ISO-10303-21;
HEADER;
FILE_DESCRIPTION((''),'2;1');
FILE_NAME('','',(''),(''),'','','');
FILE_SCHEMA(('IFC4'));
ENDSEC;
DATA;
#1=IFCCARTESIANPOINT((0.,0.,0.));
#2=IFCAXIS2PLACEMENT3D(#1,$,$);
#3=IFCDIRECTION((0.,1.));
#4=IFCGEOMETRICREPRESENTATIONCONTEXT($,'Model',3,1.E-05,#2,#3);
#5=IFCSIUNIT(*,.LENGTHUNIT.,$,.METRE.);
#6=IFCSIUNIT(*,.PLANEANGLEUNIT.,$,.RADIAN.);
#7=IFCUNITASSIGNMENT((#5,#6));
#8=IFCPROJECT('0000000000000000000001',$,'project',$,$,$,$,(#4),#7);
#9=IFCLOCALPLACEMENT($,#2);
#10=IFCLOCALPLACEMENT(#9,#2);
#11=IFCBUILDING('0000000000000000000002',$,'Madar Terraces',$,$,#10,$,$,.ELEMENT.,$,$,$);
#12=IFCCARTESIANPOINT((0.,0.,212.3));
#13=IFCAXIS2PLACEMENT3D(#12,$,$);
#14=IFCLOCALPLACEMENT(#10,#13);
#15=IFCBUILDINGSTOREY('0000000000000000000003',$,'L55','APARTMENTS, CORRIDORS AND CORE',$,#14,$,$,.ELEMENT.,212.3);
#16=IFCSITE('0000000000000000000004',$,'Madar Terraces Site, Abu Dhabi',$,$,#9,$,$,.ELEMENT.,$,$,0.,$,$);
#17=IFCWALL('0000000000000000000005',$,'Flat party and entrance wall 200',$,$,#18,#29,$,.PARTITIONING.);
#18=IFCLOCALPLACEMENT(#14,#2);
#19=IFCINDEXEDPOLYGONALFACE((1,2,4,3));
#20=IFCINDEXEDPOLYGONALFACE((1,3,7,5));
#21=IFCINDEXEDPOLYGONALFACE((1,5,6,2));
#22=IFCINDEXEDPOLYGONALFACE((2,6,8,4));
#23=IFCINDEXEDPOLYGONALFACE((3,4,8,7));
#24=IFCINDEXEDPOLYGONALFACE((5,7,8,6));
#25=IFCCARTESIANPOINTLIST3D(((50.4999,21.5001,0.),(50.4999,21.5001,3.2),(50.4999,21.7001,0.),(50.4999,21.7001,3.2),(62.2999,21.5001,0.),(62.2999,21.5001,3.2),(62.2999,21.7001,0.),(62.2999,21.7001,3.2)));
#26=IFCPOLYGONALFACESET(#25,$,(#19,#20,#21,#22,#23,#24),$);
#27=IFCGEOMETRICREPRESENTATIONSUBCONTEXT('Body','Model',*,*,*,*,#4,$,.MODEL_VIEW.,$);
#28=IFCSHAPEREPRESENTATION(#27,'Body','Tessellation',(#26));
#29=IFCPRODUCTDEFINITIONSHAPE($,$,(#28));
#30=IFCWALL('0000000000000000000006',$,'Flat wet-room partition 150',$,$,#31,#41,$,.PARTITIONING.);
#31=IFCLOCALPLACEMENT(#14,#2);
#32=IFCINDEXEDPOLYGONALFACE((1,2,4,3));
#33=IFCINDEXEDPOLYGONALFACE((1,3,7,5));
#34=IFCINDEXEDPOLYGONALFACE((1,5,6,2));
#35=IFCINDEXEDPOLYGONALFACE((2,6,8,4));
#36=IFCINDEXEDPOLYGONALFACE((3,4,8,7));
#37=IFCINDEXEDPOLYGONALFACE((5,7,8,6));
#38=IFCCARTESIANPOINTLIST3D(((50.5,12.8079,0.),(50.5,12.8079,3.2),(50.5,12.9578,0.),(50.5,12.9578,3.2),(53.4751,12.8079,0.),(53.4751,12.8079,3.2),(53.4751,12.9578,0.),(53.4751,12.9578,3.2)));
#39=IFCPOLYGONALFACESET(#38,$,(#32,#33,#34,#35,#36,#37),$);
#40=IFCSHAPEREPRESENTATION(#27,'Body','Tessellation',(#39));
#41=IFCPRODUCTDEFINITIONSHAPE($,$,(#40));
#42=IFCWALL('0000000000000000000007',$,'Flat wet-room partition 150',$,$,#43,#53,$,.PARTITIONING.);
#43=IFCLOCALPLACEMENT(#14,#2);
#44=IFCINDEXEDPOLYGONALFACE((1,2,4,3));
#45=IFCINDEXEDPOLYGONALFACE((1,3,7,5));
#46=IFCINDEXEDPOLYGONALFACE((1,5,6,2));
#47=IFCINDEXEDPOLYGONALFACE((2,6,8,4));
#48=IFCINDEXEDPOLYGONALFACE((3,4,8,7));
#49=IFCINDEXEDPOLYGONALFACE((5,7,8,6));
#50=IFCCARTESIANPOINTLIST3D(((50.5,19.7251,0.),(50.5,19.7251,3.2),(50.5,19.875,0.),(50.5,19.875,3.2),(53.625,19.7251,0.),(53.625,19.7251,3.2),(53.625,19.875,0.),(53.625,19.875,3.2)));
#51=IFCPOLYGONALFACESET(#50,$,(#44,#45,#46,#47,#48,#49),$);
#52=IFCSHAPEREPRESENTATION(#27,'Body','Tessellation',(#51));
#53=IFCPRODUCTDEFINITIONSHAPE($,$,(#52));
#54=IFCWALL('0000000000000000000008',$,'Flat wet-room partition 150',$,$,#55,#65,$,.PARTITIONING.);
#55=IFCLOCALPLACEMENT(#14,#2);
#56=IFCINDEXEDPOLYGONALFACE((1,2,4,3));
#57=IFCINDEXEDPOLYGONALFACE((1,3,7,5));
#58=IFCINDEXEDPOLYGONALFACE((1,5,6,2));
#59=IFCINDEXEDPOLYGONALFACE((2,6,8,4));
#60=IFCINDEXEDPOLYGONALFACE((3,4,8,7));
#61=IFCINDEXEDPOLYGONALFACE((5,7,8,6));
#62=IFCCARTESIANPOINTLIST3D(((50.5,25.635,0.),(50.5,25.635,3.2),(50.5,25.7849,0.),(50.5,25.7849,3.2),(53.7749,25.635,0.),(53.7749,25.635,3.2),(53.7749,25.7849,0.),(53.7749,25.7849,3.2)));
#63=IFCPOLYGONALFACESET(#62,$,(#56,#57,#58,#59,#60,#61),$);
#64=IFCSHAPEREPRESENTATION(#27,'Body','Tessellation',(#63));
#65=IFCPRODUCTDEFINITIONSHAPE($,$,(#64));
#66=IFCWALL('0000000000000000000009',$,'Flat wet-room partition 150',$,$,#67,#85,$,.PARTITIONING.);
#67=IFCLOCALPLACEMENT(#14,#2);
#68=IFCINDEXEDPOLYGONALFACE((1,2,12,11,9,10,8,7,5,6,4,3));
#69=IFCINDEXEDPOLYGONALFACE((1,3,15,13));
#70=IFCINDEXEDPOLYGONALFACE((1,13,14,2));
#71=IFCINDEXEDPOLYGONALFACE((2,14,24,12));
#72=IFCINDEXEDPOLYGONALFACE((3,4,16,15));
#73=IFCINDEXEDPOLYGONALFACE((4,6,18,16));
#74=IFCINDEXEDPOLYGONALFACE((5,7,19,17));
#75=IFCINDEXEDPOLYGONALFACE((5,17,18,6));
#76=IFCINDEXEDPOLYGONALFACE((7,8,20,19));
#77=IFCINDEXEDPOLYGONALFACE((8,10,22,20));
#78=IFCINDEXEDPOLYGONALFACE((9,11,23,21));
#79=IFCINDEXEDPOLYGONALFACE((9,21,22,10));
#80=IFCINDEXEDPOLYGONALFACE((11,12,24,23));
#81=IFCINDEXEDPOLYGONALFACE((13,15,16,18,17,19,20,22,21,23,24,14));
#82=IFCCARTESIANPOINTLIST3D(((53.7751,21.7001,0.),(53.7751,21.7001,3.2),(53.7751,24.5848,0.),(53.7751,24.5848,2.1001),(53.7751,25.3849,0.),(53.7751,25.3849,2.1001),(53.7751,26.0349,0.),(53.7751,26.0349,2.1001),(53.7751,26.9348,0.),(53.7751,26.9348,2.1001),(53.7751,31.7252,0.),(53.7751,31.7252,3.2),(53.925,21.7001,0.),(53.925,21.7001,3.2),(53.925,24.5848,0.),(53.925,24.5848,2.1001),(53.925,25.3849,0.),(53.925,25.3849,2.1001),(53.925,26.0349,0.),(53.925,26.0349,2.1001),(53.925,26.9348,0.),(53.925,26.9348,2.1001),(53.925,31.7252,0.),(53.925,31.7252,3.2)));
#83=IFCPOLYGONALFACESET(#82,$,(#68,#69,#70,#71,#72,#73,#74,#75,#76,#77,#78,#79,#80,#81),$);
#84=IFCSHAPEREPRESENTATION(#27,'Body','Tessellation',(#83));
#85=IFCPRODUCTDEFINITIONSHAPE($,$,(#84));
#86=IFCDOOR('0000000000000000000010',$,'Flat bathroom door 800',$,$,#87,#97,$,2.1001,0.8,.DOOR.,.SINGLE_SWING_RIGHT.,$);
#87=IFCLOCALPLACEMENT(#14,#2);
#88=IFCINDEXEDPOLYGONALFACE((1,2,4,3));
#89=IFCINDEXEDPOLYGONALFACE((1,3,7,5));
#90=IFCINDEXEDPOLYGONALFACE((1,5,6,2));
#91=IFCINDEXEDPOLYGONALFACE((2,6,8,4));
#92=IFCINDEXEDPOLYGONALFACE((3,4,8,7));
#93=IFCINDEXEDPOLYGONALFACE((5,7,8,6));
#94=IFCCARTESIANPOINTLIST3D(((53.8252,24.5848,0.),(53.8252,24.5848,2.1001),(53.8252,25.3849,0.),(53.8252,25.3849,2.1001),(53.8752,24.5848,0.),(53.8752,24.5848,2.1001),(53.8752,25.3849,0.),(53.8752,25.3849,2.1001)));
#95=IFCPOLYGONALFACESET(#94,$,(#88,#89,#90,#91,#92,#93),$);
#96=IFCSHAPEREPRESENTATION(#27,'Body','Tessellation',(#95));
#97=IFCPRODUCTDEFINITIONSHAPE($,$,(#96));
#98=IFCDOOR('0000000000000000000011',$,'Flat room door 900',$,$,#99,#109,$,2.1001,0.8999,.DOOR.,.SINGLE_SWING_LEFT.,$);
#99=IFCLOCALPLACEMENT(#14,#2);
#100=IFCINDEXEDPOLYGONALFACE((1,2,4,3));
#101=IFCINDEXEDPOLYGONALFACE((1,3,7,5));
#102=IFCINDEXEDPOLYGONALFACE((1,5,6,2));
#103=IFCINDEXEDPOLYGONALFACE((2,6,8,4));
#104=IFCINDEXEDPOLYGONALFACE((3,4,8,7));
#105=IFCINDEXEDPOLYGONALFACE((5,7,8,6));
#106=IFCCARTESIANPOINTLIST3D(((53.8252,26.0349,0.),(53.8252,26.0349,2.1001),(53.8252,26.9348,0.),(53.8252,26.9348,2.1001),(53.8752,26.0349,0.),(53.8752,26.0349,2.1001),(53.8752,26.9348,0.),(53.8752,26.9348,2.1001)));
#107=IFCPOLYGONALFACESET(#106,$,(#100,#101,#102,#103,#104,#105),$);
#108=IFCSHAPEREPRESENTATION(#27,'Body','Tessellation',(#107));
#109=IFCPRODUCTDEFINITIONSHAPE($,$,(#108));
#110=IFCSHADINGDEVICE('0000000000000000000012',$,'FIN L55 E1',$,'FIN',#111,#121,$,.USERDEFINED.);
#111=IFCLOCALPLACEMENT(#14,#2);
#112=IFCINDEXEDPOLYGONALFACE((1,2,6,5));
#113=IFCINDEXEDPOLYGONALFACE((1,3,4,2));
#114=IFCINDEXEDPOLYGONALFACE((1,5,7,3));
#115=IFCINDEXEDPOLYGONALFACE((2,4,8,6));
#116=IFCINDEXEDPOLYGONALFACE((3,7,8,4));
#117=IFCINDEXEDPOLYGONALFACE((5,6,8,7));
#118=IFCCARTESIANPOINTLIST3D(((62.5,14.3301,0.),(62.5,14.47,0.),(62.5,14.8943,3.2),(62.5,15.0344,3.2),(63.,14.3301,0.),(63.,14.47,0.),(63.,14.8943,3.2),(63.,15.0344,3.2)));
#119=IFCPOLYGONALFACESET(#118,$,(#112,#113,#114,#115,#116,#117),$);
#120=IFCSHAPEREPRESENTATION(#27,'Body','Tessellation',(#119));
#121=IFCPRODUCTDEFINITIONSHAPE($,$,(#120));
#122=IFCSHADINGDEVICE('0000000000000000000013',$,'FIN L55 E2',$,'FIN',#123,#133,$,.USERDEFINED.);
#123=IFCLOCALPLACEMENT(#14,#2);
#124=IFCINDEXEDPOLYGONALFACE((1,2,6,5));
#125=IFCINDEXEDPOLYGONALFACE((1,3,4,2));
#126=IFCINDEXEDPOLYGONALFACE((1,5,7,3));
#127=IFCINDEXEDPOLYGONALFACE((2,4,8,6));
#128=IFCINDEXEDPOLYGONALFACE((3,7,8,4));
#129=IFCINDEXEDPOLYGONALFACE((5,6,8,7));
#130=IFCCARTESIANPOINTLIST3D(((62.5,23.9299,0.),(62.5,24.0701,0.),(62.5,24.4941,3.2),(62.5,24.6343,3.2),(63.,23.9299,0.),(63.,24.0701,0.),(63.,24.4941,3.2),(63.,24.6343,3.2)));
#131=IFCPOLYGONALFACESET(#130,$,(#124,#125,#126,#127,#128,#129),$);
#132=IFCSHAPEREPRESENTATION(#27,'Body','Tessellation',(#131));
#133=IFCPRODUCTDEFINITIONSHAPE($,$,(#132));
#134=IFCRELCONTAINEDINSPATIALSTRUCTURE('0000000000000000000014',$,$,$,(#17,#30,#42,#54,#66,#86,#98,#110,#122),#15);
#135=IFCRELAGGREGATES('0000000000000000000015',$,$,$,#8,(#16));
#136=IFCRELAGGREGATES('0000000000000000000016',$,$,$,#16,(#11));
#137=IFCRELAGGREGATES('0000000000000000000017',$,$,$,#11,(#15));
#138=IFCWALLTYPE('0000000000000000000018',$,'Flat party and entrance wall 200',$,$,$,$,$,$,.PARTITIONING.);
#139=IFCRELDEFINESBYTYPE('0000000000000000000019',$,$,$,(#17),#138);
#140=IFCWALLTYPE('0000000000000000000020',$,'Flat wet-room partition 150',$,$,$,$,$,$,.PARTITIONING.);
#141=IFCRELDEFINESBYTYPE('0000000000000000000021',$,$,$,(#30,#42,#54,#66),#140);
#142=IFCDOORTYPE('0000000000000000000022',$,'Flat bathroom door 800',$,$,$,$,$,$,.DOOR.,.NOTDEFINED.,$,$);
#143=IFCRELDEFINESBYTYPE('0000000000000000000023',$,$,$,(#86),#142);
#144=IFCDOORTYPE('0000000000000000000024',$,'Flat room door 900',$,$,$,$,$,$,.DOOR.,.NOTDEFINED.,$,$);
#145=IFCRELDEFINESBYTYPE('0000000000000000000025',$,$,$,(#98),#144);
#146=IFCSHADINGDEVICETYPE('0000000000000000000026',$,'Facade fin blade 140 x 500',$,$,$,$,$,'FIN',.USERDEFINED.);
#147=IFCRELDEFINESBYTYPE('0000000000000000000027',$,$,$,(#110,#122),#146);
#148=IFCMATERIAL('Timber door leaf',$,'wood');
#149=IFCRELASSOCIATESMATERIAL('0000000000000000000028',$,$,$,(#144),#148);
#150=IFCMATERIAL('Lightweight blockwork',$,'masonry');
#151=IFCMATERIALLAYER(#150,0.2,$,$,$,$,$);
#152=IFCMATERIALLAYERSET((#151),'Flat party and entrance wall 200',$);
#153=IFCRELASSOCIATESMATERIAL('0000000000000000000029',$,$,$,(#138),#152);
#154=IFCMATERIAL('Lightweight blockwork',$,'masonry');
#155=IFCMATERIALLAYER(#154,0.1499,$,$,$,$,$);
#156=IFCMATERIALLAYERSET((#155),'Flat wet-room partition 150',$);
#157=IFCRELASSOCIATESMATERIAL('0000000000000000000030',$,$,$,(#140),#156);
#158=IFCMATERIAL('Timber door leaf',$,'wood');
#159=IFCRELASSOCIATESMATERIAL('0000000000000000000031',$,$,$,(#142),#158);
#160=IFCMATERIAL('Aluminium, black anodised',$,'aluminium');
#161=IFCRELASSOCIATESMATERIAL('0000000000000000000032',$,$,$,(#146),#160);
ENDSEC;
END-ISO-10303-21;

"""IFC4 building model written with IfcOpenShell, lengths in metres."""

from ifc_helpers import new_model, si_unit, direction, frame, frame_2d, origin, place, context, subcontext, project, spatial, polyline, rectangle, outline, extrude, material, layer, layer_set, type_object, element, fill, save


model = new_model("IFC4")

# Units and contexts
model_context = context("Model", 3, precision=1e-05, world=origin(), true_north=direction((0.0, 1.0)))
body_context = subcontext(model_context, "Body", "Model", "MODEL_VIEW")
ifc_project = project(units=[si_unit("LENGTHUNIT", "METRE"), si_unit("PLANEANGLEUNIT", "RADIAN")], contexts=[model_context])

# Site, building, storey
site_placement = place(None, origin())
site = spatial("IfcSite", under=ifc_project, at=site_placement, Name="Madar Terraces Site, Abu Dhabi", CompositionType="ELEMENT", RefElevation=0.0)
building_placement = place(site_placement, origin())
building = spatial("IfcBuilding", under=site, at=building_placement, Name="Madar Terraces", CompositionType="ELEMENT")
storey_placement = place(building_placement, frame((0.0, 0.0, 212.3)))
storey = spatial("IfcBuildingStorey", under=building, at=storey_placement, Name="L55", Description="APARTMENTS, CORRIDORS AND CORE", CompositionType="ELEMENT", Elevation=212.3)

# Shared definitions
ifc_material_1 = material(Name="Timber door leaf", Category="wood")
door_type_1 = type_object("IfcDoorType", Name="Flat room door 900", OperationType="NOTDEFINED", PredefinedType="DOOR", material=ifc_material_1)

# Shared definitions
ifc_material_2 = material(Name="Lightweight blockwork", Category="masonry")
ifc_layer_1 = layer(ifc_material_2, 0.2)
ifc_layer_set_1 = layer_set([ifc_layer_1], Name="Flat party and entrance wall 200")
wall_type_1 = type_object("IfcWallType", Name="Flat party and entrance wall 200", PredefinedType="PARTITIONING", material=ifc_layer_set_1)

# Walls
wall_1_placement = place(storey_placement, frame((50.5, 21.6001, 0.0), z_axis=(0.0, 0.0, 1.0), x_axis=(1.0, 0.0, 0.0)))
element("IfcWall", 1, at=wall_1_placement, inside=storey, type_object=wall_type_1, Name="Flat party and entrance wall 200", PredefinedType="PARTITIONING", context=body_context, shape_type="SweptSolid", body=[
    extrude(rectangle(XDim=11.8, YDim=0.2, at=frame_2d((5.8999, 0.0))), origin(), (0.0, 0.0, 1.0), 3.2),
])
ifc_material_3 = material(Name="Lightweight blockwork", Category="masonry")
ifc_layer_2 = layer(ifc_material_3, 0.1499)
ifc_layer_set_2 = layer_set([ifc_layer_2], Name="Flat wet-room partition 150")
wall_type_2 = type_object("IfcWallType", Name="Flat wet-room partition 150", PredefinedType="PARTITIONING", material=ifc_layer_set_2)
wall_2_placement = place(storey_placement, frame((50.5, 12.8828, 0.0), z_axis=(0.0, 0.0, 1.0), x_axis=(1.0, 0.0, 0.0)))
element("IfcWall", 2, at=wall_2_placement, inside=storey, type_object=wall_type_2, Name="Flat wet-room partition 150", PredefinedType="PARTITIONING", context=body_context, shape_type="SweptSolid", body=[
    extrude(rectangle(XDim=2.9751, YDim=0.1499, at=frame_2d((1.4875, 0.0))), origin(), (0.0, 0.0, 1.0), 3.2),
])
wall_3_placement = place(storey_placement, frame((50.5, 19.8, 0.0), z_axis=(0.0, 0.0, 1.0), x_axis=(1.0, 0.0, 0.0)))
element("IfcWall", 3, at=wall_3_placement, inside=storey, type_object=wall_type_2, Name="Flat wet-room partition 150", PredefinedType="PARTITIONING", context=body_context, shape_type="SweptSolid", body=[
    extrude(rectangle(XDim=3.125, YDim=0.1499, at=frame_2d((1.5625, 0.0))), origin(), (0.0, 0.0, 1.0), 3.2),
])
wall_4_placement = place(storey_placement, frame((50.5, 25.71, 0.0), z_axis=(0.0, 0.0, 1.0), x_axis=(1.0, 0.0, 0.0)))
element("IfcWall", 4, at=wall_4_placement, inside=storey, type_object=wall_type_2, Name="Flat wet-room partition 150", PredefinedType="PARTITIONING", context=body_context, shape_type="SweptSolid", body=[
    extrude(rectangle(XDim=3.2749, YDim=0.1499, at=frame_2d((1.6375, 0.0))), origin(), (0.0, 0.0, 1.0), 3.2),
])

# Wall, openings, doors
wall_5_placement = place(storey_placement, frame((53.8501, 21.7, 0.0), z_axis=(0.0, 0.0, 1.0), x_axis=(0.0, 1.0, 0.0)))
wall_5 = element("IfcWall", 5, at=wall_5_placement, inside=storey, type_object=wall_type_2, Name="Flat wet-room partition 150", PredefinedType="PARTITIONING", context=body_context, shape_type="SweptSolid", body=[
    extrude(rectangle(XDim=10.0251, YDim=0.1499, at=frame_2d((5.0127, 0.0))), origin(), (0.0, 0.0, 1.0), 3.2),
])
opening_1_placement = place(wall_5_placement, frame((4.335, 0.0, 0.0)))
opening_1 = element("IfcOpeningElement", 6, at=opening_1_placement, cuts=wall_5, PredefinedType="OPENING", context=body_context, shape_type="SweptSolid", body=[
    extrude(rectangle(XDim=0.8999, YDim=2.1001, at=frame_2d((0.45, 1.05))), frame((0.0, 0.085, 0.0), z_axis=(0.0, -1.0, 0.0), x_axis=(1.0, 0.0, 0.0)), (0.0, 0.0, 1.0), 0.1699),
])
opening_2_placement = place(wall_5_placement, frame((2.885, 0.0, 0.0)))
opening_2 = element("IfcOpeningElement", 7, at=opening_2_placement, cuts=wall_5, PredefinedType="OPENING", context=body_context, shape_type="SweptSolid", body=[
    extrude(rectangle(XDim=0.8, YDim=2.1001, at=frame_2d((0.3999, 1.05))), frame((0.0, 0.085, 0.0), z_axis=(0.0, -1.0, 0.0), x_axis=(1.0, 0.0, 0.0)), (0.0, 0.0, 1.0), 0.1699),
])
ifc_material_4 = material(Name="Timber door leaf", Category="wood")
door_type_2 = type_object("IfcDoorType", Name="Flat bathroom door 800", OperationType="NOTDEFINED", PredefinedType="DOOR", material=ifc_material_4)
door_1_placement = place(opening_2_placement, origin())
door_1 = element("IfcDoor", 8, at=door_1_placement, inside=storey, type_object=door_type_2, Name="Flat bathroom door 800", OperationType="SINGLE_SWING_RIGHT", OverallHeight=2.1001, OverallWidth=0.8, PredefinedType="DOOR", context=body_context, shape_type="SweptSolid", body=[
    extrude(rectangle(XDim=0.8, YDim=2.1001, at=frame_2d((0.3999, 1.05))), frame((0.0, 0.0249, 0.0), z_axis=(0.0, -1.0, 0.0), x_axis=(1.0, 0.0, 0.0)), (0.0, 0.0, 1.0), 0.05),
])
fill(opening_2, door_1)
door_2_placement = place(opening_1_placement, origin())
door_2 = element("IfcDoor", 9, at=door_2_placement, inside=storey, type_object=door_type_1, Name="Flat room door 900", OperationType="SINGLE_SWING_LEFT", OverallHeight=2.1001, OverallWidth=0.8999, PredefinedType="DOOR", context=body_context, shape_type="SweptSolid", body=[
    extrude(rectangle(XDim=0.8999, YDim=2.1001, at=frame_2d((0.45, 1.05))), frame((0.0, 0.0249, 0.0), z_axis=(0.0, -1.0, 0.0), x_axis=(1.0, 0.0, 0.0)), (0.0, 0.0, 1.0), 0.05),
])
fill(opening_1, door_2)

# Shading devices
ifc_material_5 = material(Name="Aluminium, black anodised", Category="aluminium")
shading_device_type = type_object("IfcShadingDeviceType", Name="Facade fin blade 140 x 500", ElementType="FIN", PredefinedType="USERDEFINED", material=ifc_material_5)
shading_device_1_placement = place(storey_placement, frame((62.75, 14.3301, 0.0), z_axis=(0.0, 0.0, 1.0), x_axis=(0.0, 1.0, 0.0)))
element("IfcShadingDevice", 10, at=shading_device_1_placement, inside=storey, type_object=shading_device_type, Name="FIN L55 E1", ObjectType="FIN", PredefinedType="USERDEFINED", context=body_context, shape_type="SweptSolid", body=[
    extrude(outline(polyline([(0.0, 0.0), (0.1399, 0.0), (0.7043, 3.2), (0.5642, 3.2), (0.0, 0.0)])), frame((0.0, 0.25, 0.0), z_axis=(0.0, -1.0, 0.0), x_axis=(1.0, 0.0, 0.0)), (0.0, 0.0, 1.0), 0.5),
])
shading_device_2_placement = place(storey_placement, frame((62.75, 23.9299, 0.0), z_axis=(0.0, 0.0, 1.0), x_axis=(0.0, 1.0, 0.0)))
element("IfcShadingDevice", 11, at=shading_device_2_placement, inside=storey, type_object=shading_device_type, Name="FIN L55 E2", ObjectType="FIN", PredefinedType="USERDEFINED", context=body_context, shape_type="SweptSolid", body=[
    extrude(outline(polyline([(0.0, 0.0), (0.1401, 0.0), (0.7043, 3.2), (0.5642, 3.2), (0.0, 0.0)])), frame((0.0, 0.25, 0.0), z_axis=(0.0, -1.0, 0.0), x_axis=(1.0, 0.0, 0.0)), (0.0, 0.0, 1.0), 0.5),
])

save(model, "model.ifc")
